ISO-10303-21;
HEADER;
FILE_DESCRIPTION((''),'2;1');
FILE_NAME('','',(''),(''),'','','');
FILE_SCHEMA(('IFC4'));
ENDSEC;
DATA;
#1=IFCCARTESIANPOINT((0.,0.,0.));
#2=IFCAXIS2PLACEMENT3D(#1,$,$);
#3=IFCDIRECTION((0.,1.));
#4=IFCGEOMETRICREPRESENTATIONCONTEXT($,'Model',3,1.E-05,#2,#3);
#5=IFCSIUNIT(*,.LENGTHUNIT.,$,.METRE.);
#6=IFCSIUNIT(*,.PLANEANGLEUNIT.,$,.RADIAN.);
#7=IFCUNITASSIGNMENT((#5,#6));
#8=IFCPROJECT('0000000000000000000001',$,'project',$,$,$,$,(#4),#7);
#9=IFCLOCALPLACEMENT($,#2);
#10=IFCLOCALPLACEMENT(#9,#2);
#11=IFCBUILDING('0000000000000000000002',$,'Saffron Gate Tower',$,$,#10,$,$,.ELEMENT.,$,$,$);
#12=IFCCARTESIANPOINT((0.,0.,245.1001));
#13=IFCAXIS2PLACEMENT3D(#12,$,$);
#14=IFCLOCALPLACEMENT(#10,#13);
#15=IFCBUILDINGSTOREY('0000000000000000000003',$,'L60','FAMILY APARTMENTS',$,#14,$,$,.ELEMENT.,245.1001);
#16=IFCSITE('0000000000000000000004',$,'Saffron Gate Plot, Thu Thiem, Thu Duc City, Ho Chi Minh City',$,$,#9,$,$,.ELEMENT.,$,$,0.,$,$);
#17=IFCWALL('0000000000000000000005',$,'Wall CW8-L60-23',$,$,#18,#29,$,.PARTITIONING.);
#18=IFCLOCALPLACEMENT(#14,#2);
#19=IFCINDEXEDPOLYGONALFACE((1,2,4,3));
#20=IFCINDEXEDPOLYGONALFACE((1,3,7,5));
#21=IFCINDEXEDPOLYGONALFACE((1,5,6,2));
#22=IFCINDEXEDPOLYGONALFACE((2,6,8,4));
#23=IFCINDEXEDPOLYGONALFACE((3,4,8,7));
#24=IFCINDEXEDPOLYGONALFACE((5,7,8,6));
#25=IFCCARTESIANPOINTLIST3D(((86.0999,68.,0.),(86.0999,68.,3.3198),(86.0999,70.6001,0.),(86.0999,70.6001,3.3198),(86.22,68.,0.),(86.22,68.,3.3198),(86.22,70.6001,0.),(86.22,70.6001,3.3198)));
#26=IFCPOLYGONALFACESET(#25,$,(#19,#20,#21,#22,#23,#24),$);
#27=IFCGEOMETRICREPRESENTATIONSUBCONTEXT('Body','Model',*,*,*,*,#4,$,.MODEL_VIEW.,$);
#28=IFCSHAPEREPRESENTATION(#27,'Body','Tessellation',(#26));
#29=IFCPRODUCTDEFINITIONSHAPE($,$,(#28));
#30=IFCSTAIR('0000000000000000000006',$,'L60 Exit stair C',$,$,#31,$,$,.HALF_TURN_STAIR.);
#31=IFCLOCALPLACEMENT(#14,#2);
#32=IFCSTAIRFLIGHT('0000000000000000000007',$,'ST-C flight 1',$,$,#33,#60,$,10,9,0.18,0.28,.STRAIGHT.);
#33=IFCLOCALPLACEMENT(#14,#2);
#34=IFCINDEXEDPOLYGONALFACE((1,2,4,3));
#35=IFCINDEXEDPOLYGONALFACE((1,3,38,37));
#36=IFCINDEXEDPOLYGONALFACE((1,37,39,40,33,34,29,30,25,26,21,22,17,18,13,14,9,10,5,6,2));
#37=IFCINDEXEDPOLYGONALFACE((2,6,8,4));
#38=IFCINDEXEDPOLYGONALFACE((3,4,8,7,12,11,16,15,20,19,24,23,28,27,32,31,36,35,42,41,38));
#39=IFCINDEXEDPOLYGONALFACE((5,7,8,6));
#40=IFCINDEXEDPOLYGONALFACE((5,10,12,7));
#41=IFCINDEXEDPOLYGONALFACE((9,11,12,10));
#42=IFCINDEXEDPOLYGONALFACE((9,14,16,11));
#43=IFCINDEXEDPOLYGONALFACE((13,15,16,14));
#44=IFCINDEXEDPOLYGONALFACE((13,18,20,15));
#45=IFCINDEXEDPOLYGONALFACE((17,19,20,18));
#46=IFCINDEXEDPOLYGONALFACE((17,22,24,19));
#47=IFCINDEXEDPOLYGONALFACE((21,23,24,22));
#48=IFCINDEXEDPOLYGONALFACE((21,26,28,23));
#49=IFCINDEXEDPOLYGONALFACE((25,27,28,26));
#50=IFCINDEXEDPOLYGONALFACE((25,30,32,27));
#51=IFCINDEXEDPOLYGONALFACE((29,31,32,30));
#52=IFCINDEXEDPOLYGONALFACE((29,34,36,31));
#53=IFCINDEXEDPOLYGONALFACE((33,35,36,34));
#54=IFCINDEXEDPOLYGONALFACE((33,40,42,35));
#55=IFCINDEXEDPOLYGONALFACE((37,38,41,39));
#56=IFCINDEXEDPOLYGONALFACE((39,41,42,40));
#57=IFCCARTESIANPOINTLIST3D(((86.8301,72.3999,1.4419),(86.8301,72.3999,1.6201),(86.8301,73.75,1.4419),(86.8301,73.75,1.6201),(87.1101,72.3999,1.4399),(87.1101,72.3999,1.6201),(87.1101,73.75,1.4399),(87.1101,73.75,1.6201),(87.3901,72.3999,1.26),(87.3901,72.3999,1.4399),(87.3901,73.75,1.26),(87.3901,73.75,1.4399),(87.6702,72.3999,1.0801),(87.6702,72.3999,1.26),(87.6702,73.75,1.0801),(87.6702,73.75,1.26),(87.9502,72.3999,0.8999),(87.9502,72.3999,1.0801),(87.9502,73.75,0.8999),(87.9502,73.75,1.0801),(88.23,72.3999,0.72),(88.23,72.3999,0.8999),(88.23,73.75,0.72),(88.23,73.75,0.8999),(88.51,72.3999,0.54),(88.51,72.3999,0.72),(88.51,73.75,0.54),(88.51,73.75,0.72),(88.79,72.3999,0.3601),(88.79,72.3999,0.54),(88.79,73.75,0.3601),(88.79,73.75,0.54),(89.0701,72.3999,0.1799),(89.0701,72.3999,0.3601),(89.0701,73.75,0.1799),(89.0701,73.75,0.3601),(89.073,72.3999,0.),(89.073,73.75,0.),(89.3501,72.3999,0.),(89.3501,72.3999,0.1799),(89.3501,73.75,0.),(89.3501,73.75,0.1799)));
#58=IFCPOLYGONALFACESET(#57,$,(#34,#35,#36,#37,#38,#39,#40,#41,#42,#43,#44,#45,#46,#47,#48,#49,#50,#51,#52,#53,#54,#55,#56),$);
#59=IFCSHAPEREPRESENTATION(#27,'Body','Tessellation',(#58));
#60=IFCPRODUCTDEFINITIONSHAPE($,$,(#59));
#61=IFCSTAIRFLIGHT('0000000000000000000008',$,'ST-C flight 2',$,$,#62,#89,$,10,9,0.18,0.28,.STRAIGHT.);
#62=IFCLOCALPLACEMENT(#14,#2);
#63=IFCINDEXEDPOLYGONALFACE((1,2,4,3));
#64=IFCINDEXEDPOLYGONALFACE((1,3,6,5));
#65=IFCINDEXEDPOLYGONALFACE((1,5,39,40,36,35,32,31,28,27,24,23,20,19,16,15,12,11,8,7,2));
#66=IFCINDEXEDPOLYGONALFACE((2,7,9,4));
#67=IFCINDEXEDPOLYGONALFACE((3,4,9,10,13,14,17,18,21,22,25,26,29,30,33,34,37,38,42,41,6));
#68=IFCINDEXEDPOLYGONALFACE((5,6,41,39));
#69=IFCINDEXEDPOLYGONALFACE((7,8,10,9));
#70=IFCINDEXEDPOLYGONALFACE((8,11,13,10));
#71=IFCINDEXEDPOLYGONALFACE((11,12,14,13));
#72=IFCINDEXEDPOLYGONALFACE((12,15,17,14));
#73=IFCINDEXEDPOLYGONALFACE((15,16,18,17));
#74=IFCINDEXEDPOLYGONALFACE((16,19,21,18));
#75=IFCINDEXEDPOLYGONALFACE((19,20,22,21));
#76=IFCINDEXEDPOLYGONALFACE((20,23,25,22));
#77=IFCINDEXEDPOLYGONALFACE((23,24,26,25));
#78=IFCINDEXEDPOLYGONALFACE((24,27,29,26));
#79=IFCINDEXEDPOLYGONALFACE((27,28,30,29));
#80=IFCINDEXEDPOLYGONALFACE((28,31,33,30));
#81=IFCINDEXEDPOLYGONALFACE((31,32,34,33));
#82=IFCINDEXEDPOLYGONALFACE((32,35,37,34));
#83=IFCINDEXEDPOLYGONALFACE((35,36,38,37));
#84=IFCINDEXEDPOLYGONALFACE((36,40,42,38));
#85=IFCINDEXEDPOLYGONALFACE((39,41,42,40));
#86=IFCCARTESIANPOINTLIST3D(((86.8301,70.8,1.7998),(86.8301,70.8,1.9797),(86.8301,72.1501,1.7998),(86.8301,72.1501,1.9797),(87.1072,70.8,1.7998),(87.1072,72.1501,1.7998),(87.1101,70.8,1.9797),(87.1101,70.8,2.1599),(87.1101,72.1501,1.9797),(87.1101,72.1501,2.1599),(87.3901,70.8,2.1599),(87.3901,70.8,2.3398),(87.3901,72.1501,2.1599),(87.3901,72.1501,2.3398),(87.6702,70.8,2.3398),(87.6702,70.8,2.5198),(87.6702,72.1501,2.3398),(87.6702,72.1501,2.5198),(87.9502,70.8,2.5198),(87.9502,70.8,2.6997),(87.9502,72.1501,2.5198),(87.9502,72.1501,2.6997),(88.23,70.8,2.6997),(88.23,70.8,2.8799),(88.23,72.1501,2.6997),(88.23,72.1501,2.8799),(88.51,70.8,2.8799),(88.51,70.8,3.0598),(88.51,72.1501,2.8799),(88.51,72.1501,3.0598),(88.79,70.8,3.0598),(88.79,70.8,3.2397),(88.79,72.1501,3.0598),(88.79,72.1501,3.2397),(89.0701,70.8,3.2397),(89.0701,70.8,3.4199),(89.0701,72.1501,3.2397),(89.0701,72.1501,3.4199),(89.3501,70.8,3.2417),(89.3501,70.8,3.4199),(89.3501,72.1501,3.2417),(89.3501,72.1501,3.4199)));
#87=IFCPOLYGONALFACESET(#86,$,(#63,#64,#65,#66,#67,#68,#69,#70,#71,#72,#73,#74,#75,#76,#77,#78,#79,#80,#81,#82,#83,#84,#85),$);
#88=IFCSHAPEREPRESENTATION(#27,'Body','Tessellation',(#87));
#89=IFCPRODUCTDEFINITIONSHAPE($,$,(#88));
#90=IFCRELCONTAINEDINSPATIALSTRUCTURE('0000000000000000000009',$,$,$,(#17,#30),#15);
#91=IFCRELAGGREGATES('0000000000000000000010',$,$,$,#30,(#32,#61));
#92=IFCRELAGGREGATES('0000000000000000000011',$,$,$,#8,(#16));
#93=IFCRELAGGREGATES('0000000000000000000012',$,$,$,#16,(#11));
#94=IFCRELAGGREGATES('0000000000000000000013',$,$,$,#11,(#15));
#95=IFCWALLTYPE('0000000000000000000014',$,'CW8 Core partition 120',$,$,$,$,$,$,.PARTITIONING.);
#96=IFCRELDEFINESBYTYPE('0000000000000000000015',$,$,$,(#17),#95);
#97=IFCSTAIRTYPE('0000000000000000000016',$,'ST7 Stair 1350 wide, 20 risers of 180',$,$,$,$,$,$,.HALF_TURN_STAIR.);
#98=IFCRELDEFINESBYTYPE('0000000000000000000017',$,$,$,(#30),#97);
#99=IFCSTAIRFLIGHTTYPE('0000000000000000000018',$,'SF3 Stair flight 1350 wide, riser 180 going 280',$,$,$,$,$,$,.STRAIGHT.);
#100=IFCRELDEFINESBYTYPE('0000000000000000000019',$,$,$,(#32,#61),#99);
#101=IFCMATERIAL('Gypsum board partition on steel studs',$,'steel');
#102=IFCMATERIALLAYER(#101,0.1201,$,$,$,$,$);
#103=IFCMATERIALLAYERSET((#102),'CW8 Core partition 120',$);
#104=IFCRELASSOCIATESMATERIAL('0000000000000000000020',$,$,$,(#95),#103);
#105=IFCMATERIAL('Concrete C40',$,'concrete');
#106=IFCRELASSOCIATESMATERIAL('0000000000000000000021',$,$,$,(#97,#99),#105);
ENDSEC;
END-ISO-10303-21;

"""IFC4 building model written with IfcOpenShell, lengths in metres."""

from ifc_helpers import new_model, si_unit, direction, frame, frame_2d, origin, place, context, subcontext, project, spatial, polyline, rectangle, outline, extrude, material, layer, layer_set, type_object, element, aggregate, save


model = new_model("IFC4")

# Units and contexts
model_context = context("Model", 3, precision=1e-05, world=origin(), true_north=direction((0.0, 1.0)))
body_context = subcontext(model_context, "Body", "Model", "MODEL_VIEW")
ifc_project = project(units=[si_unit("LENGTHUNIT", "METRE"), si_unit("PLANEANGLEUNIT", "RADIAN")], contexts=[model_context])

# Site, building, storey
site_placement = place(None, origin())
site = spatial("IfcSite", under=ifc_project, at=site_placement, Name="Saffron Gate Plot, Thu Thiem, Thu Duc City, Ho Chi Minh City", CompositionType="ELEMENT", RefElevation=0.0)
building_placement = place(site_placement, origin())
building = spatial("IfcBuilding", under=site, at=building_placement, Name="Saffron Gate Tower", CompositionType="ELEMENT")
storey_placement = place(building_placement, frame((0.0, 0.0, 245.1001)))
storey = spatial("IfcBuildingStorey", under=building, at=storey_placement, Name="L60", Description="FAMILY APARTMENTS", CompositionType="ELEMENT", Elevation=245.1001)

# Shared definitions
ifc_material_1 = material(Name="Gypsum board partition on steel studs", Category="steel")

# Wall
ifc_layer_1 = layer(ifc_material_1, 0.1201)
ifc_layer_set_1 = layer_set([ifc_layer_1], Name="CW8 Core partition 120")
wall_type_1 = type_object("IfcWallType", Name="CW8 Core partition 120", PredefinedType="PARTITIONING", material=ifc_layer_set_1)
wall_1_placement = place(storey_placement, frame((86.1599, 68.0, 0.0), z_axis=(0.0, 0.0, 1.0), x_axis=(0.0, 1.0, 0.0)))
element("IfcWall", 1, at=wall_1_placement, inside=storey, type_object=wall_type_1, Name="Wall CW8-L60-23", PredefinedType="PARTITIONING", context=body_context, shape_type="SweptSolid", body=[
    extrude(rectangle(XDim=2.6001, YDim=0.1201, at=frame_2d((1.3, 0.0))), origin(), (0.0, 0.0, 1.0), 3.3198),
])

# Stair, stair flights
ifc_material_2 = material(Name="Concrete C40", Category="concrete")
stair_type = type_object("IfcStairType", Name="ST7 Stair 1350 wide, 20 risers of 180", PredefinedType="HALF_TURN_STAIR", material=ifc_material_2)
stair_placement = place(storey_placement, origin())
stair = element("IfcStair", 2, at=stair_placement, inside=storey, type_object=stair_type, Name="L60 Exit stair C", PredefinedType="HALF_TURN_STAIR")
stair_flight_type = type_object("IfcStairFlightType", Name="SF3 Stair flight 1350 wide, riser 180 going 280", PredefinedType="STRAIGHT", material=ifc_material_2)
stair_flight_1_placement = place(storey_placement, frame((89.3501, 73.075, 0.0), z_axis=(0.0, 0.0, 1.0), x_axis=(-1.0, 0.0, 0.0)))
stair_flight_1 = element("IfcStairFlight", 3, at=stair_flight_1_placement, type_object=stair_flight_type, Name="ST-C flight 1", NumberOfRisers=10, NumberOfTreads=9, PredefinedType="STRAIGHT", RiserHeight=0.18, TreadLength=0.28, context=body_context, shape_type="SweptSolid", body=[
    extrude(outline(polyline([(0.0, 0.0), (0.0, 0.1799), (0.28, 0.1799), (0.28, 0.3601), (0.5601, 0.3601), (0.5601, 0.54), (0.8401, 0.54), (0.8401, 0.72), (1.1201, 0.72), (1.1201, 0.8999), (1.3999, 0.8999), (1.3999, 1.0801), (1.6799, 1.0801), (1.6799, 1.26), (1.96, 1.26), (1.96, 1.4399), (2.24, 1.4399), (2.24, 1.6201), (2.52, 1.6201), (2.52, 1.8), (2.52, 1.4419), (0.2771, 0.0), (0.0, 0.0)])), frame((0.0, 0.675, 0.0), z_axis=(0.0, -1.0, 0.0), x_axis=(1.0, 0.0, 0.0)), (0.0, 0.0, 1.0), 1.3501),
])
stair_flight_2_placement = place(storey_placement, frame((86.8301, 71.4751, 1.7998), z_axis=(0.0, 0.0, 1.0), x_axis=(1.0, 0.0, 0.0)))
stair_flight_2 = element("IfcStairFlight", 4, at=stair_flight_2_placement, type_object=stair_flight_type, Name="ST-C flight 2", NumberOfRisers=10, NumberOfTreads=9, PredefinedType="STRAIGHT", RiserHeight=0.18, TreadLength=0.28, context=body_context, shape_type="SweptSolid", body=[
    extrude(outline(polyline([(0.0, 0.0), (0.0, 0.1799), (0.28, 0.1799), (0.28, 0.3601), (0.5601, 0.3601), (0.5601, 0.54), (0.8401, 0.54), (0.8401, 0.72), (1.1201, 0.72), (1.1201, 0.8999), (1.3999, 0.8999), (1.3999, 1.0801), (1.6799, 1.0801), (1.6799, 1.26), (1.96, 1.26), (1.96, 1.4399), (2.24, 1.4399), (2.24, 1.6201), (2.52, 1.6201), (2.52, 1.8), (2.52, 1.4419), (0.2771, 0.0), (0.0, 0.0)])), frame((0.0, 0.675, 0.0), z_axis=(0.0, -1.0, 0.0), x_axis=(1.0, 0.0, 0.0)), (0.0, 0.0, 1.0), 1.3501),
])
aggregate(stair, [stair_flight_1, stair_flight_2])

save(model, "model.ifc")
